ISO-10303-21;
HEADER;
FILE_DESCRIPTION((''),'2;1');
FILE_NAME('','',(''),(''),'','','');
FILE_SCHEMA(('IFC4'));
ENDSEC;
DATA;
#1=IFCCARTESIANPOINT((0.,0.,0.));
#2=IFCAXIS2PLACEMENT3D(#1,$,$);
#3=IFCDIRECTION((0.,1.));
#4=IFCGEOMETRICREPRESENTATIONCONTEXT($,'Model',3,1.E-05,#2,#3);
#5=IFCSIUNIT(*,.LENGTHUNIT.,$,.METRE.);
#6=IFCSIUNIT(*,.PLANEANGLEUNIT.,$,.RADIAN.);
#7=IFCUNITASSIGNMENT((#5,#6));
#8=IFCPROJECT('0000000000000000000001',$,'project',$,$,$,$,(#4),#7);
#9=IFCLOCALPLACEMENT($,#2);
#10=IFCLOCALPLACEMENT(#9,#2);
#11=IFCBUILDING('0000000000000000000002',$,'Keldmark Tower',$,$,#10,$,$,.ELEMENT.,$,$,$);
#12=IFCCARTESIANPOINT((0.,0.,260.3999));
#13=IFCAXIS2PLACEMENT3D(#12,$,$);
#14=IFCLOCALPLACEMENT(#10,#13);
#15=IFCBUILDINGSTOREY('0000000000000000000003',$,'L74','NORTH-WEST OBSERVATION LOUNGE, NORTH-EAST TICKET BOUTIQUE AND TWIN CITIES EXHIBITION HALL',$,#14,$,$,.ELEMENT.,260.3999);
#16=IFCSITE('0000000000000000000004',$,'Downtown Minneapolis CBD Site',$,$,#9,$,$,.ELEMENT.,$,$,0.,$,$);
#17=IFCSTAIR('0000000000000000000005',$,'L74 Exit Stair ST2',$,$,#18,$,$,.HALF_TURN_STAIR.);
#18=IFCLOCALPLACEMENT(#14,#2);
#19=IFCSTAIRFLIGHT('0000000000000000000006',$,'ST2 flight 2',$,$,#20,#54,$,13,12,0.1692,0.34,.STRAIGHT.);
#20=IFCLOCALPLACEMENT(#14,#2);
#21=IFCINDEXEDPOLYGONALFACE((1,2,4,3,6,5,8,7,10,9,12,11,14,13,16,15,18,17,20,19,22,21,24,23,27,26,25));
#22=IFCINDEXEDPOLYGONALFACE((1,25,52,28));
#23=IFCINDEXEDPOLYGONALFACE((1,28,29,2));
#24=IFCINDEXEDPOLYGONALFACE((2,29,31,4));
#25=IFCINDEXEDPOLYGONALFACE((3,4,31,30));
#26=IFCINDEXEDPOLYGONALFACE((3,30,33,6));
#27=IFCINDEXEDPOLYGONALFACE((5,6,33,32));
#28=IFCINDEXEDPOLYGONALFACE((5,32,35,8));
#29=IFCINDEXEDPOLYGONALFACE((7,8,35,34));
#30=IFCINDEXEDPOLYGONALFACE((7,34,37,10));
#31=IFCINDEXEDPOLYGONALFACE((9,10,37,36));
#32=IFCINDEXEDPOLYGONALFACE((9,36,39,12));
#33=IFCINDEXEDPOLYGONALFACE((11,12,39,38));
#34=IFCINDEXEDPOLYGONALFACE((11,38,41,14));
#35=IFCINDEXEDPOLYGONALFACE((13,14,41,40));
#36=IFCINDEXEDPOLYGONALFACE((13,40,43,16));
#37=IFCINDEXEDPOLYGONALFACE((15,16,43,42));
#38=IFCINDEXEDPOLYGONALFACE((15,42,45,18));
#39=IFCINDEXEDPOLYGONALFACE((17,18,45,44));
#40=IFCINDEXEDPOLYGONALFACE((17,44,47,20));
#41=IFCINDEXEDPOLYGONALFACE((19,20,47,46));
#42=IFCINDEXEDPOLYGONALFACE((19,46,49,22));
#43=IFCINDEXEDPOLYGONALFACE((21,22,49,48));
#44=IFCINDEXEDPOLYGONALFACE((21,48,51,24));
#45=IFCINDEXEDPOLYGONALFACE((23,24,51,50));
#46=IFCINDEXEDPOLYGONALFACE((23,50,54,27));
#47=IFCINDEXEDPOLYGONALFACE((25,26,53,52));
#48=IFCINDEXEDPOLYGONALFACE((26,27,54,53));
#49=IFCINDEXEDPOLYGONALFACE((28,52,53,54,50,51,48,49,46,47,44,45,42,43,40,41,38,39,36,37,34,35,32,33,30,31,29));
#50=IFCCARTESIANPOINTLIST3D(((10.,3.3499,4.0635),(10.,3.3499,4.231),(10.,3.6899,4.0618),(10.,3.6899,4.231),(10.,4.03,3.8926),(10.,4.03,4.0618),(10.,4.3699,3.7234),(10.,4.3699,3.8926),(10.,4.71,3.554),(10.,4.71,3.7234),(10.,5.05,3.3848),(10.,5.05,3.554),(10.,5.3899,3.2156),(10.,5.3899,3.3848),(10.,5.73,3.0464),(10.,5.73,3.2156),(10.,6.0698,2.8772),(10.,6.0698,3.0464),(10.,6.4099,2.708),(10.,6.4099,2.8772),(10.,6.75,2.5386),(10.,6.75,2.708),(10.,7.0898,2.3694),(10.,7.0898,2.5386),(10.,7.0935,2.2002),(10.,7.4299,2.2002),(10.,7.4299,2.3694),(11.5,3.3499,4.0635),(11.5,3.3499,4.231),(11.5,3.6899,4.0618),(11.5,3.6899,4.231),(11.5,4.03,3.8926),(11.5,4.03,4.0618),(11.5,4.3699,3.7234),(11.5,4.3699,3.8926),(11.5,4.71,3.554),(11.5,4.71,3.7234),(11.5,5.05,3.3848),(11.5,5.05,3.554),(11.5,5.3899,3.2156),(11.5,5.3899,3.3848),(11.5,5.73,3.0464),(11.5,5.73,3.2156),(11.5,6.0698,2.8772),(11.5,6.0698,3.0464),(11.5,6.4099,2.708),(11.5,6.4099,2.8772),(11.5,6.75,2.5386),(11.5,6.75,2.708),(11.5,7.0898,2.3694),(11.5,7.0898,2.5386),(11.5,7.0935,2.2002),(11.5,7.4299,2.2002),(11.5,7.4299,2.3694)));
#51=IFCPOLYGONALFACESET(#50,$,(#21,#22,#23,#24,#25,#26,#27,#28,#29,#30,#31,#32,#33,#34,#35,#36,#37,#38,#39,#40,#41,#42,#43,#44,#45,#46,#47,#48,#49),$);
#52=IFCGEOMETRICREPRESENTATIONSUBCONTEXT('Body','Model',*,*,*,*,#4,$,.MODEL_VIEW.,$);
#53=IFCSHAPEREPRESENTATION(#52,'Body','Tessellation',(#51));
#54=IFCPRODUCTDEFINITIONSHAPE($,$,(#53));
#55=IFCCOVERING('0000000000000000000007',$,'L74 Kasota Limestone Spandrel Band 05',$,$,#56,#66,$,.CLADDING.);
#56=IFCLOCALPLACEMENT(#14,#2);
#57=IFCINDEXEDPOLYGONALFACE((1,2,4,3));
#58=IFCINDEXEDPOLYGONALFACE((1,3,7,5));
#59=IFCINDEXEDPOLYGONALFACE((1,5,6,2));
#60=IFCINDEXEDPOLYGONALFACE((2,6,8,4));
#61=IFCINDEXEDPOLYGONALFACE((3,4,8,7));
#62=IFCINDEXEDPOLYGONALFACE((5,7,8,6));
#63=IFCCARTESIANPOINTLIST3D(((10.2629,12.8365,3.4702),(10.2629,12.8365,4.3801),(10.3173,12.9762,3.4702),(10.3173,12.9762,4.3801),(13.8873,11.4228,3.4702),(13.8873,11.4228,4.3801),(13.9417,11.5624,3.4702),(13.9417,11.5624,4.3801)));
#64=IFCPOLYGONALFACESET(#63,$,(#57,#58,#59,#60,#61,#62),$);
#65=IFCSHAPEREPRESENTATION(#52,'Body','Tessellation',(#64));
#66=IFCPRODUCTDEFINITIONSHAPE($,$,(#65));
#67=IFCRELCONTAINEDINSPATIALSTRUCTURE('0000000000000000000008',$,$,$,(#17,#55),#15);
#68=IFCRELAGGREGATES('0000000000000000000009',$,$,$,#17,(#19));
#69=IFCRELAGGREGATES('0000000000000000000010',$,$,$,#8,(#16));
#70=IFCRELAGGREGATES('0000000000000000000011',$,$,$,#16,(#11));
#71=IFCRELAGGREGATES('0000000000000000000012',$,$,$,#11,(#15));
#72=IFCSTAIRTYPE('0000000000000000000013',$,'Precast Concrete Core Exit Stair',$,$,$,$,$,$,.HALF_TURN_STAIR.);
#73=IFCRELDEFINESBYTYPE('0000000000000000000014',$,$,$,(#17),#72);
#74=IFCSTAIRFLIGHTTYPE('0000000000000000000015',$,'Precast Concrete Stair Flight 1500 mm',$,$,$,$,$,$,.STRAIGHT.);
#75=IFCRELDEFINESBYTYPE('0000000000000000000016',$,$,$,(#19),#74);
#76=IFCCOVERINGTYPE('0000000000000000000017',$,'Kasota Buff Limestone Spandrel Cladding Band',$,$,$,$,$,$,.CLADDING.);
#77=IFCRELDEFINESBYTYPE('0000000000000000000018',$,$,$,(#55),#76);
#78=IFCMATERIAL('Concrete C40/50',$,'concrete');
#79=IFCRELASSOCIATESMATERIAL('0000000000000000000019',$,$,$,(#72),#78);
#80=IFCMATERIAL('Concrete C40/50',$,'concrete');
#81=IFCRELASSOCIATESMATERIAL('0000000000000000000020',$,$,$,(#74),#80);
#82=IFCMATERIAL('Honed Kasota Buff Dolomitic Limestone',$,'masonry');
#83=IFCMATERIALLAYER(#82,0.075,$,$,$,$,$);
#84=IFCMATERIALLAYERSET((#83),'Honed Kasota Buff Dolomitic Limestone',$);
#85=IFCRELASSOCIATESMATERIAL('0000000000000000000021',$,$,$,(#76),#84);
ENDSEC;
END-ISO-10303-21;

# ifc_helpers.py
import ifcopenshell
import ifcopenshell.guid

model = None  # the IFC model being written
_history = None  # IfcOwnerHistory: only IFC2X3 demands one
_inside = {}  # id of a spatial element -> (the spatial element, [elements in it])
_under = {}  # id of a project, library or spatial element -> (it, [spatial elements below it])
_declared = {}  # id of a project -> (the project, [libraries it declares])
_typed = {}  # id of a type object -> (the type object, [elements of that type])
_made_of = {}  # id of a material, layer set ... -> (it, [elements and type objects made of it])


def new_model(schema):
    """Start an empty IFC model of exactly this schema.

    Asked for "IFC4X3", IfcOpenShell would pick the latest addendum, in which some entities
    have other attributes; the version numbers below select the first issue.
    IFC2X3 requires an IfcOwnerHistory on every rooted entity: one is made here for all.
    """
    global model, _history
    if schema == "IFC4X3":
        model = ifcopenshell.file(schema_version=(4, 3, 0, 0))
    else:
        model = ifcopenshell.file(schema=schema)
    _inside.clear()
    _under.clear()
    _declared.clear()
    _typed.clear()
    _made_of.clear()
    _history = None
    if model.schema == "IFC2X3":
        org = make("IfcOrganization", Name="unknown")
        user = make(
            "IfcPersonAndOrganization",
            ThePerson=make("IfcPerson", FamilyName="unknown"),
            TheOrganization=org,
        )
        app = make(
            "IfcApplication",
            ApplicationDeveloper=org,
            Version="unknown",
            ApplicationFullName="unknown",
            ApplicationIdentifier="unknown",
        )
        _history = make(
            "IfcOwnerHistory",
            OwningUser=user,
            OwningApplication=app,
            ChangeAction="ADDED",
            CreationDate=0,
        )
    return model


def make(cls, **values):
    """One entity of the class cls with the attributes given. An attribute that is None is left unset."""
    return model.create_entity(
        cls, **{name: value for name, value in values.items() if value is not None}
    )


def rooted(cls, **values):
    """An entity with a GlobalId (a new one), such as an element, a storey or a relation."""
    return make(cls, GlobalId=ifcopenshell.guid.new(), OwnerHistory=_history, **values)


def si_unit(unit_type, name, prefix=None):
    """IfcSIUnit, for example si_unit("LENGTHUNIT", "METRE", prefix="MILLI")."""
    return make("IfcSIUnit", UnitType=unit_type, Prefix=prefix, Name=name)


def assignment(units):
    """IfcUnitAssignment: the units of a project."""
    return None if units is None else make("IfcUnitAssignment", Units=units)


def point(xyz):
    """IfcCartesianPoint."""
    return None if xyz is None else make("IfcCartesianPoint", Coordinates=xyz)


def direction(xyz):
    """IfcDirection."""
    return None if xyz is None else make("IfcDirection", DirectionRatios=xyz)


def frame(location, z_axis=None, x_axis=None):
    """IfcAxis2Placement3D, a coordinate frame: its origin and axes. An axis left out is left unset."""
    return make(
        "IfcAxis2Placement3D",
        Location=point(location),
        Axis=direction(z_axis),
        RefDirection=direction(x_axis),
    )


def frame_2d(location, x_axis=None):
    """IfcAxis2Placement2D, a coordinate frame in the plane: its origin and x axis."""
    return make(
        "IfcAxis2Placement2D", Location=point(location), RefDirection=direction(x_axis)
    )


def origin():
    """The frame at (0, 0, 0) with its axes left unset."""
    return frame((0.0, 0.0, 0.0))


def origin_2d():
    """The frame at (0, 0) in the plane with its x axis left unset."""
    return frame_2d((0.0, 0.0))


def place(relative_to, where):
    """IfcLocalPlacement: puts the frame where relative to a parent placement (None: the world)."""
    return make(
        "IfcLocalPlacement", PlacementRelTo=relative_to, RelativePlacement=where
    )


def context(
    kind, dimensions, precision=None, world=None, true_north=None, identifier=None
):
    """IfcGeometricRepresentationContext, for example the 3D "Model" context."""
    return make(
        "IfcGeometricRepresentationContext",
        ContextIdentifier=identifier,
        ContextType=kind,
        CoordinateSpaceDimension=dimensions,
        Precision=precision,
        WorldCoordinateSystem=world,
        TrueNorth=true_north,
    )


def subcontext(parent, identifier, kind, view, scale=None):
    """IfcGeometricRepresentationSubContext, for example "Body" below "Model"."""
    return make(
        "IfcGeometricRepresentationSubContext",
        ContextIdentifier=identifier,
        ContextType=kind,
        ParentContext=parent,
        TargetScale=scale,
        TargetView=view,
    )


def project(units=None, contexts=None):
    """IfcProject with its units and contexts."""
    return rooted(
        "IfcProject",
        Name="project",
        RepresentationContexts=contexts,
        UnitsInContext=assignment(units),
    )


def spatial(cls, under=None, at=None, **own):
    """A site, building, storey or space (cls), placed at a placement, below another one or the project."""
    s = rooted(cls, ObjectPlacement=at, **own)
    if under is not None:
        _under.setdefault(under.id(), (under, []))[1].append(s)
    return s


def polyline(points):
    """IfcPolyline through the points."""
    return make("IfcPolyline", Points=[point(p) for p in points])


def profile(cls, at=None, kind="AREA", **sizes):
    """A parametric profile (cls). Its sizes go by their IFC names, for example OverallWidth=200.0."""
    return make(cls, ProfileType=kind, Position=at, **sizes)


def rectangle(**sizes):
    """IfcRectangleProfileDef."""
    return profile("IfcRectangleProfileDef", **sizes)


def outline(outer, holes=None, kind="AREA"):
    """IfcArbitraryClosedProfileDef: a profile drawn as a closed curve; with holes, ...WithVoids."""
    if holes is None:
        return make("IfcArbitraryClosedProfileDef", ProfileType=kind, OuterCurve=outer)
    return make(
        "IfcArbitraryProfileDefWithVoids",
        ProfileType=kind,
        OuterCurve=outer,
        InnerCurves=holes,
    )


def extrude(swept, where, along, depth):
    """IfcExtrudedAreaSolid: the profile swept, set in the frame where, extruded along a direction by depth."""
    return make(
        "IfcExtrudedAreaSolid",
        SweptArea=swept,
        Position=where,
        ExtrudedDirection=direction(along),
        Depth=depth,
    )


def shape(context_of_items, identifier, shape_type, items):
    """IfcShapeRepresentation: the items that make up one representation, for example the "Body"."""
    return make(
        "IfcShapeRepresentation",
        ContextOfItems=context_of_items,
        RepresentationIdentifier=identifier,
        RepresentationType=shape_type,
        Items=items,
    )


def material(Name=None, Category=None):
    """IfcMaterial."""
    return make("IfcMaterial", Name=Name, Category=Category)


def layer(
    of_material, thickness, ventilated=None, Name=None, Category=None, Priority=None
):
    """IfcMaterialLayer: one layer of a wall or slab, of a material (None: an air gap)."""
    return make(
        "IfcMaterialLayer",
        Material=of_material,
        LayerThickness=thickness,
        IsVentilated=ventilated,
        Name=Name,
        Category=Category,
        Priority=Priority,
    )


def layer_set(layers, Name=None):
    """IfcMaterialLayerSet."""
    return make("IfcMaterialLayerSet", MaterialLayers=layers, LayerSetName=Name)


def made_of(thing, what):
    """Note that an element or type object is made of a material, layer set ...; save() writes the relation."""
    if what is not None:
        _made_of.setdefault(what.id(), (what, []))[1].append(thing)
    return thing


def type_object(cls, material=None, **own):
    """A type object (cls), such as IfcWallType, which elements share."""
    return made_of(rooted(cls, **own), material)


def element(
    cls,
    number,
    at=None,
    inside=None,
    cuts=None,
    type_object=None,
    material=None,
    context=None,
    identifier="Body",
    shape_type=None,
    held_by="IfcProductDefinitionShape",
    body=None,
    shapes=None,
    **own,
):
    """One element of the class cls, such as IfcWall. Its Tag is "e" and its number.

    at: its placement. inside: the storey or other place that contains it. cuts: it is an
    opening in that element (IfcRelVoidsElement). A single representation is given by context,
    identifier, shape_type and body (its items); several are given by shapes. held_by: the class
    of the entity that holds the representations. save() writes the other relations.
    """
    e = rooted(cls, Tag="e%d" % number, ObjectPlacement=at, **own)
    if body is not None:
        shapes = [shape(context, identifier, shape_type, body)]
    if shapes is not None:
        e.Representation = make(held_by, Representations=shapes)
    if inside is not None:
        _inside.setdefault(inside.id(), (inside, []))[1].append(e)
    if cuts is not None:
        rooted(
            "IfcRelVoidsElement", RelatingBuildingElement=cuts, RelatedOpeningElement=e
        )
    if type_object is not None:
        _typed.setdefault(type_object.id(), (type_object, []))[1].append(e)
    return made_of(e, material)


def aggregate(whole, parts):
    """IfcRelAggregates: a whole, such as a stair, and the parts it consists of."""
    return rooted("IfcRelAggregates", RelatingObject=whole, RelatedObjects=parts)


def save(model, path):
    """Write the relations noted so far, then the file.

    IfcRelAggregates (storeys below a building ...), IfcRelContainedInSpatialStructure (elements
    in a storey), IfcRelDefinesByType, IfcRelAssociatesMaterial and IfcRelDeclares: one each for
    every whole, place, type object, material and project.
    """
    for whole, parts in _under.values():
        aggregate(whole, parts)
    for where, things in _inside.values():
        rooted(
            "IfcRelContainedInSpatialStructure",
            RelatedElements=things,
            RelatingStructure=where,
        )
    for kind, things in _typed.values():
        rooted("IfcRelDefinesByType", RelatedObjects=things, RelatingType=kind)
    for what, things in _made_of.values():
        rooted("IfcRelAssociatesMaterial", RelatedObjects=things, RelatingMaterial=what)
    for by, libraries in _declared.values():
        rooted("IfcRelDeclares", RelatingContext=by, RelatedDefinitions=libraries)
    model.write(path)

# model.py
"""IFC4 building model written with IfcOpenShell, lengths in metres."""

from ifc_helpers import new_model, si_unit, direction, frame, origin, origin_2d, place, context, subcontext, project, spatial, polyline, rectangle, outline, extrude, material, layer, layer_set, type_object, element, aggregate, save


model = new_model("IFC4")

# Units and contexts
model_context = context("Model", 3, precision=1e-05, world=origin(), true_north=direction((0.0, 1.0)))
body_context = subcontext(model_context, "Body", "Model", "MODEL_VIEW")
ifc_project = project(units=[si_unit("LENGTHUNIT", "METRE"), si_unit("PLANEANGLEUNIT", "RADIAN")], contexts=[model_context])

# Site, building, storey
site_placement = place(None, origin())
site = spatial("IfcSite", under=ifc_project, at=site_placement, Name="Downtown Minneapolis CBD Site", CompositionType="ELEMENT", RefElevation=0.0)
building_placement = place(site_placement, origin())
building = spatial("IfcBuilding", under=site, at=building_placement, Name="Keldmark Tower", CompositionType="ELEMENT")
storey_placement = place(building_placement, frame((0.0, 0.0, 260.3999)))
storey = spatial("IfcBuildingStorey", under=building, at=storey_placement, Name="L74", Description="NORTH-WEST OBSERVATION LOUNGE, NORTH-EAST TICKET BOUTIQUE AND TWIN CITIES EXHIBITION HALL", CompositionType="ELEMENT", Elevation=260.3999)

# Stair, stair flight
ifc_material_1 = material(Name="Concrete C40/50", Category="concrete")
stair_type = type_object("IfcStairType", Name="Precast Concrete Core Exit Stair", PredefinedType="HALF_TURN_STAIR", material=ifc_material_1)
stair_placement = place(storey_placement, origin())
stair = element("IfcStair", 1, at=stair_placement, inside=storey, type_object=stair_type, Name="L74 Exit Stair ST2", PredefinedType="HALF_TURN_STAIR")
ifc_material_2 = material(Name="Concrete C40/50", Category="concrete")
stair_flight_type = type_object("IfcStairFlightType", Name="Precast Concrete Stair Flight 1500 mm", PredefinedType="STRAIGHT", material=ifc_material_2)
stair_flight_1_placement = place(storey_placement, frame((10.75, 7.4299, 2.2002), z_axis=(0.0, 0.0, 1.0), x_axis=(0.0, -1.0, 0.0)))
stair_flight_1 = element("IfcStairFlight", 2, at=stair_flight_1_placement, type_object=stair_flight_type, Name="ST2 flight 2", NumberOfRisers=13, NumberOfTreads=12, PredefinedType="STRAIGHT", RiserHeight=0.1692, TreadLength=0.34, context=body_context, shape_type="SweptSolid", body=[
    extrude(outline(polyline([(0.0, 0.0), (0.0, 0.1692), (0.3401, 0.1692), (0.3401, 0.3384), (0.6799, 0.3384), (0.6799, 0.5078), (1.02, 0.5078), (1.02, 0.677), (1.3601, 0.677), (1.3601, 0.8462), (1.7, 0.8462), (1.7, 1.0154), (2.04, 1.0154), (2.04, 1.1846), (2.3799, 1.1846), (2.3799, 1.3538), (2.72, 1.3538), (2.72, 1.5232), (3.0601, 1.5232), (3.0601, 1.6924), (3.3999, 1.6924), (3.3999, 1.8616), (3.74, 1.8616), (3.74, 2.0308), (4.0801, 2.0308), (4.0801, 2.2), (4.0801, 1.8633), (0.3364, 0.0), (0.0, 0.0)])), frame((0.0, 0.75, 0.0), z_axis=(0.0, -1.0, 0.0), x_axis=(1.0, 0.0, 0.0)), (0.0, 0.0, 1.0), 1.5),
])
aggregate(stair, [stair_flight_1])

# Covering
ifc_material_3 = material(Name="Honed Kasota Buff Dolomitic Limestone", Category="masonry")
ifc_layer_1 = layer(ifc_material_3, 0.075)
ifc_layer_set_1 = layer_set([ifc_layer_1], Name="Honed Kasota Buff Dolomitic Limestone")
covering_type = type_object("IfcCoveringType", Name="Kasota Buff Limestone Spandrel Cladding Band", PredefinedType="CLADDING", material=ifc_layer_set_1)
covering_placement = place(storey_placement, frame((12.1023, 12.1995, 3.4702), z_axis=(0.0, 0.0, 1.0), x_axis=(-0.931634, 0.363398, 0.0)))
element("IfcCovering", 3, at=covering_placement, inside=storey, type_object=covering_type, Name="L74 Kasota Limestone Spandrel Band 05", PredefinedType="CLADDING", context=body_context, shape_type="SweptSolid", body=[
    extrude(rectangle(XDim=3.8904, YDim=0.1499, at=origin_2d()), origin(), (0.0, 0.0, 1.0), 0.9099),
])

save(model, "model.ifc")
